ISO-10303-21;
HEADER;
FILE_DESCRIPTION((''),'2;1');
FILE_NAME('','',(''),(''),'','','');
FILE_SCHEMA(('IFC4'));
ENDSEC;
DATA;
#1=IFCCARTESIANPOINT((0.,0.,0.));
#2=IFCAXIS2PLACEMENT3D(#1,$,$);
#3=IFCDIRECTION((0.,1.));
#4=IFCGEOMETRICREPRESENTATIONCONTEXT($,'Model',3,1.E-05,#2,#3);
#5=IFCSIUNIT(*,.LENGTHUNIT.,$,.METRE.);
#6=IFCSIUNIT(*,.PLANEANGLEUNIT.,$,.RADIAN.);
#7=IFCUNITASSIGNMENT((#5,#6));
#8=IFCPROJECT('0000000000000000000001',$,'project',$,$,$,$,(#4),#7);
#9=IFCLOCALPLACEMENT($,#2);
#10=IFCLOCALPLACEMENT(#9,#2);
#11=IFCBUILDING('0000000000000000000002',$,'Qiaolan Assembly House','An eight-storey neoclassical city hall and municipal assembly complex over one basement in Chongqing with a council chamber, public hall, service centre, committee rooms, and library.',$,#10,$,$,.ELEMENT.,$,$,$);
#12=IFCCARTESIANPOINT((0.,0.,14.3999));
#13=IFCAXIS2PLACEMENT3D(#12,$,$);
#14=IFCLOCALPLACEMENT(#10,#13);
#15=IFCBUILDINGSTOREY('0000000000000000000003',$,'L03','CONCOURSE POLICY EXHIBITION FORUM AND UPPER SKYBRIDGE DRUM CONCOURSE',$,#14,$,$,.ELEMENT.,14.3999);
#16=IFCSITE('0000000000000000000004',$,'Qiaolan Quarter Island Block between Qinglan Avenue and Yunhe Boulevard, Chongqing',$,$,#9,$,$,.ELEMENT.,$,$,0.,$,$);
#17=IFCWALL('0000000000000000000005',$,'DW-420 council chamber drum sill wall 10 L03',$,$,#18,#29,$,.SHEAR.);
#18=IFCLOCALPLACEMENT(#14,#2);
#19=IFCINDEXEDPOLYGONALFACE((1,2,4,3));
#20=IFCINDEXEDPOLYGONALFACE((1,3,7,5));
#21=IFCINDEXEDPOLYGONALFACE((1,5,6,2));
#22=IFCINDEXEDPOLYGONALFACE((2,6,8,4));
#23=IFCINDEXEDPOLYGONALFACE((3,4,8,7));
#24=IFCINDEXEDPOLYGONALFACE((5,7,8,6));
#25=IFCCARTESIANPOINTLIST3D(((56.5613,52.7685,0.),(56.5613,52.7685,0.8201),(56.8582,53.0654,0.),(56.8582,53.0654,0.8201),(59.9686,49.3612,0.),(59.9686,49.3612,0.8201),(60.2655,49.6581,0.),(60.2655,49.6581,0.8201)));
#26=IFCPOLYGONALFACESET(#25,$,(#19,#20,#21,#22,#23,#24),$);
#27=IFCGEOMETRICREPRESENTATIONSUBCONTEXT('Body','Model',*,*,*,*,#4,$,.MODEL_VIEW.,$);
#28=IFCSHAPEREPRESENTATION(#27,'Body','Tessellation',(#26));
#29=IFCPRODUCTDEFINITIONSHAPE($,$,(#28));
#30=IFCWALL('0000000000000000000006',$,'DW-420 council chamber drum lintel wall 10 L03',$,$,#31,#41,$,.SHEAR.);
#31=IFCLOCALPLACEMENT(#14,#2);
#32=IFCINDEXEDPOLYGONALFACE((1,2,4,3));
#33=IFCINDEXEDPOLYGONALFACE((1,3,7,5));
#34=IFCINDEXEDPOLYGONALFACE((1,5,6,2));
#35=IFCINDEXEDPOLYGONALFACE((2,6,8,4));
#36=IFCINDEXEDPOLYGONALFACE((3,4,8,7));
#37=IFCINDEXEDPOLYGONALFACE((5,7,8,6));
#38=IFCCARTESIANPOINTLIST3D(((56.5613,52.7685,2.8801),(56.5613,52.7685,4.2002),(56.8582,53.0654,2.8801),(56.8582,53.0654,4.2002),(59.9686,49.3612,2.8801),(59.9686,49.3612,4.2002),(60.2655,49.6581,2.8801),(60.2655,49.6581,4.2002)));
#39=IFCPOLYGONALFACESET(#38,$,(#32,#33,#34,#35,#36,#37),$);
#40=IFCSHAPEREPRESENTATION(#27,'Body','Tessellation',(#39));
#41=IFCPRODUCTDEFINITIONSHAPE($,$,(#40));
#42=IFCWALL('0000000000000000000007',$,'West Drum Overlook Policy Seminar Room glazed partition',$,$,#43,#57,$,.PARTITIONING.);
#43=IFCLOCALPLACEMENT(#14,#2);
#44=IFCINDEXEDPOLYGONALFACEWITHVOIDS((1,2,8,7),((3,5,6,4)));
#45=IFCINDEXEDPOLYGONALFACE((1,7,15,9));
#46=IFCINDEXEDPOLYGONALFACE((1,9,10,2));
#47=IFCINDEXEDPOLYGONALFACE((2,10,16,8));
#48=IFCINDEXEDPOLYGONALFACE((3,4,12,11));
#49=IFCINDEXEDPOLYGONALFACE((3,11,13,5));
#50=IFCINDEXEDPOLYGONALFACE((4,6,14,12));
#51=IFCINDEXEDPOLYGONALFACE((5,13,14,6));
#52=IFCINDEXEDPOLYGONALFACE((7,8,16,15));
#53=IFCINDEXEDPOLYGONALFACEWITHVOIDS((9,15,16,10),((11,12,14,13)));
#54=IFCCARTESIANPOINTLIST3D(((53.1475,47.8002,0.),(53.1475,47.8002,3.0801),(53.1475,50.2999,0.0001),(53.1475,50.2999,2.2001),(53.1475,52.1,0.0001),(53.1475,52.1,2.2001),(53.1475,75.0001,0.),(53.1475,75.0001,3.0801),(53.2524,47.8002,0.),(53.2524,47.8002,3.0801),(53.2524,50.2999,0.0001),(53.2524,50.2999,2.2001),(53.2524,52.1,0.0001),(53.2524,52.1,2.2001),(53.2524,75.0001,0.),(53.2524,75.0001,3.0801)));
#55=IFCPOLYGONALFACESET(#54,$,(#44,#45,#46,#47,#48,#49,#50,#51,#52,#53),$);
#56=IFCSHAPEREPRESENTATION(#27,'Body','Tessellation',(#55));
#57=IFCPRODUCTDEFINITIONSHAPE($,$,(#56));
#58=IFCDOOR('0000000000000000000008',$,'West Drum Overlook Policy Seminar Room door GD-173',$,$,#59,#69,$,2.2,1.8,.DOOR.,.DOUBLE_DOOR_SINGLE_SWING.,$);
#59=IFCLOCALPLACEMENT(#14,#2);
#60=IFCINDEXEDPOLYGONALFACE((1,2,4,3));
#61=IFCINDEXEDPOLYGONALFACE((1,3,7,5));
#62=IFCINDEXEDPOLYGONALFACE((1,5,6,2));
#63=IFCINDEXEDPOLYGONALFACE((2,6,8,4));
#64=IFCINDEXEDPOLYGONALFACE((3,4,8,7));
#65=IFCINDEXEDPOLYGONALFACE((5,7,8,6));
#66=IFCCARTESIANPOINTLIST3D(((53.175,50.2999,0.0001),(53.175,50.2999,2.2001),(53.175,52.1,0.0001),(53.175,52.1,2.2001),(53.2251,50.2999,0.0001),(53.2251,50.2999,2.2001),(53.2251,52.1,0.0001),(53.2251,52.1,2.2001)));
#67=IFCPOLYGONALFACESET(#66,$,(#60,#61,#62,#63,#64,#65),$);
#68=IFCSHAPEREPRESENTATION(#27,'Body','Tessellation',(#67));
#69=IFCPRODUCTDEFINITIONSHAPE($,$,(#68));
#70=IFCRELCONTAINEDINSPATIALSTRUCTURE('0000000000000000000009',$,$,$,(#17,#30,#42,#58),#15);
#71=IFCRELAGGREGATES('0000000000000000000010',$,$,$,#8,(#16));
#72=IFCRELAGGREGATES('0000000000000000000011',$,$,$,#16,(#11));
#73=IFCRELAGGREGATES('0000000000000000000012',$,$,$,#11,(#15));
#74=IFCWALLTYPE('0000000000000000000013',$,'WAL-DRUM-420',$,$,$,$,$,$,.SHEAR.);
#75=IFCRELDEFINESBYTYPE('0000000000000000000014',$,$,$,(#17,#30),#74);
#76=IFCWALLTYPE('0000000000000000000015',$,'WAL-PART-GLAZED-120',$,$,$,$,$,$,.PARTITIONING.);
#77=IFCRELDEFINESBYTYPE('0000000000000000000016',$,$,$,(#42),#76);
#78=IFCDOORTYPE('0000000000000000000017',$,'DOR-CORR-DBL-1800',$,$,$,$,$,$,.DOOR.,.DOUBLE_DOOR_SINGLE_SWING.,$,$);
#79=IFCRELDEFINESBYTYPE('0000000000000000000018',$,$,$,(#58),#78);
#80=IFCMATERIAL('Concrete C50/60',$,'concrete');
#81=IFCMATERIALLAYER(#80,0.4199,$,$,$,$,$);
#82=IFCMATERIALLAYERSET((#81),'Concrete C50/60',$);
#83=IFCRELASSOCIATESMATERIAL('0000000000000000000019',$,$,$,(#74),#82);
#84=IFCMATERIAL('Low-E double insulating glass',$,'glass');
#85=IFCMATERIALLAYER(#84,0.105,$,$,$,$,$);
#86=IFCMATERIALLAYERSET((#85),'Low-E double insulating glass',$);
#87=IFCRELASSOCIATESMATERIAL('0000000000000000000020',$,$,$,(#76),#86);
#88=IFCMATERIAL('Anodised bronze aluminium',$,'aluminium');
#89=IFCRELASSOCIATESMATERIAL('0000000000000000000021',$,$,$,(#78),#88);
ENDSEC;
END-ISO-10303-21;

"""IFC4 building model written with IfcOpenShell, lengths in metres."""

from ifc_helpers import new_model, si_unit, direction, frame, frame_2d, origin, place, context, subcontext, project, spatial, rectangle, extrude, material, layer, layer_set, type_object, element, fill, save


model = new_model("IFC4")

# Units and contexts
model_context = context("Model", 3, precision=1e-05, world=origin(), true_north=direction((0.0, 1.0)))
body_context = subcontext(model_context, "Body", "Model", "MODEL_VIEW")
ifc_project = project(units=[si_unit("LENGTHUNIT", "METRE"), si_unit("PLANEANGLEUNIT", "RADIAN")], contexts=[model_context])

# Site, building, storey
site_placement = place(None, origin())
site = spatial("IfcSite", under=ifc_project, at=site_placement, Name="Qiaolan Quarter Island Block between Qinglan Avenue and Yunhe Boulevard, Chongqing", CompositionType="ELEMENT", RefElevation=0.0)
building_placement = place(site_placement, origin())
building = spatial("IfcBuilding", under=site, at=building_placement, Name="Qiaolan Assembly House", Description="An eight-storey neoclassical city hall and municipal assembly complex over one basement in Chongqing with a council chamber, public hall, service centre, committee rooms, and library.", CompositionType="ELEMENT")
storey_placement = place(building_placement, frame((0.0, 0.0, 14.3999)))
storey = spatial("IfcBuildingStorey", under=building, at=storey_placement, Name="L03", Description="CONCOURSE POLICY EXHIBITION FORUM AND UPPER SKYBRIDGE DRUM CONCOURSE", CompositionType="ELEMENT", Elevation=14.3999)

# Shared definitions
ifc_material_1 = material(Name="Anodised bronze aluminium", Category="aluminium")

# Shared definitions
ifc_material_2 = material(Name="Low-E double insulating glass", Category="glass")

# Walls
ifc_material_3 = material(Name="Concrete C50/60", Category="concrete")
ifc_layer_1 = layer(ifc_material_3, 0.4199)
ifc_layer_set_1 = layer_set([ifc_layer_1], Name="Concrete C50/60")
wall_type_1 = type_object("IfcWallType", Name="WAL-DRUM-420", PredefinedType="SHEAR", material=ifc_layer_set_1)
wall_1_placement = place(storey_placement, frame((60.1169, 49.5098, 0.0), z_axis=(0.0, 0.0, 1.0), x_axis=(-0.707107, 0.707107, 0.0)))
element("IfcWall", 1, at=wall_1_placement, inside=storey, type_object=wall_type_1, Name="DW-420 council chamber drum sill wall 10 L03", PredefinedType="SHEAR", context=body_context, shape_type="SweptSolid", body=[
    extrude(rectangle(XDim=4.8186, YDim=0.4199, at=frame_2d((2.4092, 0.0))), origin(), (0.0, 0.0, 1.0), 0.8201),
])
wall_2_placement = place(storey_placement, frame((60.1169, 49.5098, 2.8801), z_axis=(0.0, 0.0, 1.0), x_axis=(-0.707107, 0.707107, 0.0)))
element("IfcWall", 2, at=wall_2_placement, inside=storey, type_object=wall_type_1, Name="DW-420 council chamber drum lintel wall 10 L03", PredefinedType="SHEAR", context=body_context, shape_type="SweptSolid", body=[
    extrude(rectangle(XDim=4.8186, YDim=0.4199, at=frame_2d((2.4092, 0.0))), origin(), (0.0, 0.0, 1.0), 1.3201),
])

# Wall, opening, door
ifc_layer_2 = layer(ifc_material_2, 0.105)
ifc_layer_set_2 = layer_set([ifc_layer_2], Name="Low-E double insulating glass")
wall_type_2 = type_object("IfcWallType", Name="WAL-PART-GLAZED-120", PredefinedType="PARTITIONING", material=ifc_layer_set_2)
wall_3_placement = place(storey_placement, frame((53.2, 47.8, 0.0), z_axis=(0.0, 0.0, 1.0), x_axis=(0.0, 1.0, 0.0)))
wall_3 = element("IfcWall", 3, at=wall_3_placement, inside=storey, type_object=wall_type_2, Name="West Drum Overlook Policy Seminar Room glazed partition", PredefinedType="PARTITIONING", context=body_context, shape_type="SweptSolid", body=[
    extrude(rectangle(XDim=27.2, YDim=0.105, at=frame_2d((13.6001, 0.0))), origin(), (0.0, 0.0, 1.0), 3.0801),
])
opening_placement = place(wall_3_placement, frame((2.5, 0.0, 0.0)))
opening = element("IfcOpeningElement", 4, at=opening_placement, cuts=wall_3, PredefinedType="OPENING", context=body_context, shape_type="SweptSolid", body=[
    extrude(rectangle(XDim=1.8, YDim=2.2, at=frame_2d((0.8999, 1.1001))), frame((0.0, 0.0625, 0.0), z_axis=(0.0, -1.0, 0.0), x_axis=(1.0, 0.0, 0.0)), (0.0, 0.0, 1.0), 0.125),
])
door_type = type_object("IfcDoorType", Name="DOR-CORR-DBL-1800", OperationType="DOUBLE_DOOR_SINGLE_SWING", PredefinedType="DOOR", material=ifc_material_1)
door_placement = place(opening_placement, origin())
door = element("IfcDoor", 5, at=door_placement, inside=storey, type_object=door_type, Name="West Drum Overlook Policy Seminar Room door GD-173", OperationType="DOUBLE_DOOR_SINGLE_SWING", OverallHeight=2.2, OverallWidth=1.8, PredefinedType="DOOR", context=body_context, shape_type="SweptSolid", body=[
    extrude(rectangle(XDim=1.8, YDim=2.2, at=frame_2d((0.8999, 1.1001))), frame((0.0, 0.0249, 0.0), z_axis=(0.0, -1.0, 0.0), x_axis=(1.0, 0.0, 0.0)), (0.0, 0.0, 1.0), 0.05),
])
fill(opening, door)

save(model, "model.ifc")
